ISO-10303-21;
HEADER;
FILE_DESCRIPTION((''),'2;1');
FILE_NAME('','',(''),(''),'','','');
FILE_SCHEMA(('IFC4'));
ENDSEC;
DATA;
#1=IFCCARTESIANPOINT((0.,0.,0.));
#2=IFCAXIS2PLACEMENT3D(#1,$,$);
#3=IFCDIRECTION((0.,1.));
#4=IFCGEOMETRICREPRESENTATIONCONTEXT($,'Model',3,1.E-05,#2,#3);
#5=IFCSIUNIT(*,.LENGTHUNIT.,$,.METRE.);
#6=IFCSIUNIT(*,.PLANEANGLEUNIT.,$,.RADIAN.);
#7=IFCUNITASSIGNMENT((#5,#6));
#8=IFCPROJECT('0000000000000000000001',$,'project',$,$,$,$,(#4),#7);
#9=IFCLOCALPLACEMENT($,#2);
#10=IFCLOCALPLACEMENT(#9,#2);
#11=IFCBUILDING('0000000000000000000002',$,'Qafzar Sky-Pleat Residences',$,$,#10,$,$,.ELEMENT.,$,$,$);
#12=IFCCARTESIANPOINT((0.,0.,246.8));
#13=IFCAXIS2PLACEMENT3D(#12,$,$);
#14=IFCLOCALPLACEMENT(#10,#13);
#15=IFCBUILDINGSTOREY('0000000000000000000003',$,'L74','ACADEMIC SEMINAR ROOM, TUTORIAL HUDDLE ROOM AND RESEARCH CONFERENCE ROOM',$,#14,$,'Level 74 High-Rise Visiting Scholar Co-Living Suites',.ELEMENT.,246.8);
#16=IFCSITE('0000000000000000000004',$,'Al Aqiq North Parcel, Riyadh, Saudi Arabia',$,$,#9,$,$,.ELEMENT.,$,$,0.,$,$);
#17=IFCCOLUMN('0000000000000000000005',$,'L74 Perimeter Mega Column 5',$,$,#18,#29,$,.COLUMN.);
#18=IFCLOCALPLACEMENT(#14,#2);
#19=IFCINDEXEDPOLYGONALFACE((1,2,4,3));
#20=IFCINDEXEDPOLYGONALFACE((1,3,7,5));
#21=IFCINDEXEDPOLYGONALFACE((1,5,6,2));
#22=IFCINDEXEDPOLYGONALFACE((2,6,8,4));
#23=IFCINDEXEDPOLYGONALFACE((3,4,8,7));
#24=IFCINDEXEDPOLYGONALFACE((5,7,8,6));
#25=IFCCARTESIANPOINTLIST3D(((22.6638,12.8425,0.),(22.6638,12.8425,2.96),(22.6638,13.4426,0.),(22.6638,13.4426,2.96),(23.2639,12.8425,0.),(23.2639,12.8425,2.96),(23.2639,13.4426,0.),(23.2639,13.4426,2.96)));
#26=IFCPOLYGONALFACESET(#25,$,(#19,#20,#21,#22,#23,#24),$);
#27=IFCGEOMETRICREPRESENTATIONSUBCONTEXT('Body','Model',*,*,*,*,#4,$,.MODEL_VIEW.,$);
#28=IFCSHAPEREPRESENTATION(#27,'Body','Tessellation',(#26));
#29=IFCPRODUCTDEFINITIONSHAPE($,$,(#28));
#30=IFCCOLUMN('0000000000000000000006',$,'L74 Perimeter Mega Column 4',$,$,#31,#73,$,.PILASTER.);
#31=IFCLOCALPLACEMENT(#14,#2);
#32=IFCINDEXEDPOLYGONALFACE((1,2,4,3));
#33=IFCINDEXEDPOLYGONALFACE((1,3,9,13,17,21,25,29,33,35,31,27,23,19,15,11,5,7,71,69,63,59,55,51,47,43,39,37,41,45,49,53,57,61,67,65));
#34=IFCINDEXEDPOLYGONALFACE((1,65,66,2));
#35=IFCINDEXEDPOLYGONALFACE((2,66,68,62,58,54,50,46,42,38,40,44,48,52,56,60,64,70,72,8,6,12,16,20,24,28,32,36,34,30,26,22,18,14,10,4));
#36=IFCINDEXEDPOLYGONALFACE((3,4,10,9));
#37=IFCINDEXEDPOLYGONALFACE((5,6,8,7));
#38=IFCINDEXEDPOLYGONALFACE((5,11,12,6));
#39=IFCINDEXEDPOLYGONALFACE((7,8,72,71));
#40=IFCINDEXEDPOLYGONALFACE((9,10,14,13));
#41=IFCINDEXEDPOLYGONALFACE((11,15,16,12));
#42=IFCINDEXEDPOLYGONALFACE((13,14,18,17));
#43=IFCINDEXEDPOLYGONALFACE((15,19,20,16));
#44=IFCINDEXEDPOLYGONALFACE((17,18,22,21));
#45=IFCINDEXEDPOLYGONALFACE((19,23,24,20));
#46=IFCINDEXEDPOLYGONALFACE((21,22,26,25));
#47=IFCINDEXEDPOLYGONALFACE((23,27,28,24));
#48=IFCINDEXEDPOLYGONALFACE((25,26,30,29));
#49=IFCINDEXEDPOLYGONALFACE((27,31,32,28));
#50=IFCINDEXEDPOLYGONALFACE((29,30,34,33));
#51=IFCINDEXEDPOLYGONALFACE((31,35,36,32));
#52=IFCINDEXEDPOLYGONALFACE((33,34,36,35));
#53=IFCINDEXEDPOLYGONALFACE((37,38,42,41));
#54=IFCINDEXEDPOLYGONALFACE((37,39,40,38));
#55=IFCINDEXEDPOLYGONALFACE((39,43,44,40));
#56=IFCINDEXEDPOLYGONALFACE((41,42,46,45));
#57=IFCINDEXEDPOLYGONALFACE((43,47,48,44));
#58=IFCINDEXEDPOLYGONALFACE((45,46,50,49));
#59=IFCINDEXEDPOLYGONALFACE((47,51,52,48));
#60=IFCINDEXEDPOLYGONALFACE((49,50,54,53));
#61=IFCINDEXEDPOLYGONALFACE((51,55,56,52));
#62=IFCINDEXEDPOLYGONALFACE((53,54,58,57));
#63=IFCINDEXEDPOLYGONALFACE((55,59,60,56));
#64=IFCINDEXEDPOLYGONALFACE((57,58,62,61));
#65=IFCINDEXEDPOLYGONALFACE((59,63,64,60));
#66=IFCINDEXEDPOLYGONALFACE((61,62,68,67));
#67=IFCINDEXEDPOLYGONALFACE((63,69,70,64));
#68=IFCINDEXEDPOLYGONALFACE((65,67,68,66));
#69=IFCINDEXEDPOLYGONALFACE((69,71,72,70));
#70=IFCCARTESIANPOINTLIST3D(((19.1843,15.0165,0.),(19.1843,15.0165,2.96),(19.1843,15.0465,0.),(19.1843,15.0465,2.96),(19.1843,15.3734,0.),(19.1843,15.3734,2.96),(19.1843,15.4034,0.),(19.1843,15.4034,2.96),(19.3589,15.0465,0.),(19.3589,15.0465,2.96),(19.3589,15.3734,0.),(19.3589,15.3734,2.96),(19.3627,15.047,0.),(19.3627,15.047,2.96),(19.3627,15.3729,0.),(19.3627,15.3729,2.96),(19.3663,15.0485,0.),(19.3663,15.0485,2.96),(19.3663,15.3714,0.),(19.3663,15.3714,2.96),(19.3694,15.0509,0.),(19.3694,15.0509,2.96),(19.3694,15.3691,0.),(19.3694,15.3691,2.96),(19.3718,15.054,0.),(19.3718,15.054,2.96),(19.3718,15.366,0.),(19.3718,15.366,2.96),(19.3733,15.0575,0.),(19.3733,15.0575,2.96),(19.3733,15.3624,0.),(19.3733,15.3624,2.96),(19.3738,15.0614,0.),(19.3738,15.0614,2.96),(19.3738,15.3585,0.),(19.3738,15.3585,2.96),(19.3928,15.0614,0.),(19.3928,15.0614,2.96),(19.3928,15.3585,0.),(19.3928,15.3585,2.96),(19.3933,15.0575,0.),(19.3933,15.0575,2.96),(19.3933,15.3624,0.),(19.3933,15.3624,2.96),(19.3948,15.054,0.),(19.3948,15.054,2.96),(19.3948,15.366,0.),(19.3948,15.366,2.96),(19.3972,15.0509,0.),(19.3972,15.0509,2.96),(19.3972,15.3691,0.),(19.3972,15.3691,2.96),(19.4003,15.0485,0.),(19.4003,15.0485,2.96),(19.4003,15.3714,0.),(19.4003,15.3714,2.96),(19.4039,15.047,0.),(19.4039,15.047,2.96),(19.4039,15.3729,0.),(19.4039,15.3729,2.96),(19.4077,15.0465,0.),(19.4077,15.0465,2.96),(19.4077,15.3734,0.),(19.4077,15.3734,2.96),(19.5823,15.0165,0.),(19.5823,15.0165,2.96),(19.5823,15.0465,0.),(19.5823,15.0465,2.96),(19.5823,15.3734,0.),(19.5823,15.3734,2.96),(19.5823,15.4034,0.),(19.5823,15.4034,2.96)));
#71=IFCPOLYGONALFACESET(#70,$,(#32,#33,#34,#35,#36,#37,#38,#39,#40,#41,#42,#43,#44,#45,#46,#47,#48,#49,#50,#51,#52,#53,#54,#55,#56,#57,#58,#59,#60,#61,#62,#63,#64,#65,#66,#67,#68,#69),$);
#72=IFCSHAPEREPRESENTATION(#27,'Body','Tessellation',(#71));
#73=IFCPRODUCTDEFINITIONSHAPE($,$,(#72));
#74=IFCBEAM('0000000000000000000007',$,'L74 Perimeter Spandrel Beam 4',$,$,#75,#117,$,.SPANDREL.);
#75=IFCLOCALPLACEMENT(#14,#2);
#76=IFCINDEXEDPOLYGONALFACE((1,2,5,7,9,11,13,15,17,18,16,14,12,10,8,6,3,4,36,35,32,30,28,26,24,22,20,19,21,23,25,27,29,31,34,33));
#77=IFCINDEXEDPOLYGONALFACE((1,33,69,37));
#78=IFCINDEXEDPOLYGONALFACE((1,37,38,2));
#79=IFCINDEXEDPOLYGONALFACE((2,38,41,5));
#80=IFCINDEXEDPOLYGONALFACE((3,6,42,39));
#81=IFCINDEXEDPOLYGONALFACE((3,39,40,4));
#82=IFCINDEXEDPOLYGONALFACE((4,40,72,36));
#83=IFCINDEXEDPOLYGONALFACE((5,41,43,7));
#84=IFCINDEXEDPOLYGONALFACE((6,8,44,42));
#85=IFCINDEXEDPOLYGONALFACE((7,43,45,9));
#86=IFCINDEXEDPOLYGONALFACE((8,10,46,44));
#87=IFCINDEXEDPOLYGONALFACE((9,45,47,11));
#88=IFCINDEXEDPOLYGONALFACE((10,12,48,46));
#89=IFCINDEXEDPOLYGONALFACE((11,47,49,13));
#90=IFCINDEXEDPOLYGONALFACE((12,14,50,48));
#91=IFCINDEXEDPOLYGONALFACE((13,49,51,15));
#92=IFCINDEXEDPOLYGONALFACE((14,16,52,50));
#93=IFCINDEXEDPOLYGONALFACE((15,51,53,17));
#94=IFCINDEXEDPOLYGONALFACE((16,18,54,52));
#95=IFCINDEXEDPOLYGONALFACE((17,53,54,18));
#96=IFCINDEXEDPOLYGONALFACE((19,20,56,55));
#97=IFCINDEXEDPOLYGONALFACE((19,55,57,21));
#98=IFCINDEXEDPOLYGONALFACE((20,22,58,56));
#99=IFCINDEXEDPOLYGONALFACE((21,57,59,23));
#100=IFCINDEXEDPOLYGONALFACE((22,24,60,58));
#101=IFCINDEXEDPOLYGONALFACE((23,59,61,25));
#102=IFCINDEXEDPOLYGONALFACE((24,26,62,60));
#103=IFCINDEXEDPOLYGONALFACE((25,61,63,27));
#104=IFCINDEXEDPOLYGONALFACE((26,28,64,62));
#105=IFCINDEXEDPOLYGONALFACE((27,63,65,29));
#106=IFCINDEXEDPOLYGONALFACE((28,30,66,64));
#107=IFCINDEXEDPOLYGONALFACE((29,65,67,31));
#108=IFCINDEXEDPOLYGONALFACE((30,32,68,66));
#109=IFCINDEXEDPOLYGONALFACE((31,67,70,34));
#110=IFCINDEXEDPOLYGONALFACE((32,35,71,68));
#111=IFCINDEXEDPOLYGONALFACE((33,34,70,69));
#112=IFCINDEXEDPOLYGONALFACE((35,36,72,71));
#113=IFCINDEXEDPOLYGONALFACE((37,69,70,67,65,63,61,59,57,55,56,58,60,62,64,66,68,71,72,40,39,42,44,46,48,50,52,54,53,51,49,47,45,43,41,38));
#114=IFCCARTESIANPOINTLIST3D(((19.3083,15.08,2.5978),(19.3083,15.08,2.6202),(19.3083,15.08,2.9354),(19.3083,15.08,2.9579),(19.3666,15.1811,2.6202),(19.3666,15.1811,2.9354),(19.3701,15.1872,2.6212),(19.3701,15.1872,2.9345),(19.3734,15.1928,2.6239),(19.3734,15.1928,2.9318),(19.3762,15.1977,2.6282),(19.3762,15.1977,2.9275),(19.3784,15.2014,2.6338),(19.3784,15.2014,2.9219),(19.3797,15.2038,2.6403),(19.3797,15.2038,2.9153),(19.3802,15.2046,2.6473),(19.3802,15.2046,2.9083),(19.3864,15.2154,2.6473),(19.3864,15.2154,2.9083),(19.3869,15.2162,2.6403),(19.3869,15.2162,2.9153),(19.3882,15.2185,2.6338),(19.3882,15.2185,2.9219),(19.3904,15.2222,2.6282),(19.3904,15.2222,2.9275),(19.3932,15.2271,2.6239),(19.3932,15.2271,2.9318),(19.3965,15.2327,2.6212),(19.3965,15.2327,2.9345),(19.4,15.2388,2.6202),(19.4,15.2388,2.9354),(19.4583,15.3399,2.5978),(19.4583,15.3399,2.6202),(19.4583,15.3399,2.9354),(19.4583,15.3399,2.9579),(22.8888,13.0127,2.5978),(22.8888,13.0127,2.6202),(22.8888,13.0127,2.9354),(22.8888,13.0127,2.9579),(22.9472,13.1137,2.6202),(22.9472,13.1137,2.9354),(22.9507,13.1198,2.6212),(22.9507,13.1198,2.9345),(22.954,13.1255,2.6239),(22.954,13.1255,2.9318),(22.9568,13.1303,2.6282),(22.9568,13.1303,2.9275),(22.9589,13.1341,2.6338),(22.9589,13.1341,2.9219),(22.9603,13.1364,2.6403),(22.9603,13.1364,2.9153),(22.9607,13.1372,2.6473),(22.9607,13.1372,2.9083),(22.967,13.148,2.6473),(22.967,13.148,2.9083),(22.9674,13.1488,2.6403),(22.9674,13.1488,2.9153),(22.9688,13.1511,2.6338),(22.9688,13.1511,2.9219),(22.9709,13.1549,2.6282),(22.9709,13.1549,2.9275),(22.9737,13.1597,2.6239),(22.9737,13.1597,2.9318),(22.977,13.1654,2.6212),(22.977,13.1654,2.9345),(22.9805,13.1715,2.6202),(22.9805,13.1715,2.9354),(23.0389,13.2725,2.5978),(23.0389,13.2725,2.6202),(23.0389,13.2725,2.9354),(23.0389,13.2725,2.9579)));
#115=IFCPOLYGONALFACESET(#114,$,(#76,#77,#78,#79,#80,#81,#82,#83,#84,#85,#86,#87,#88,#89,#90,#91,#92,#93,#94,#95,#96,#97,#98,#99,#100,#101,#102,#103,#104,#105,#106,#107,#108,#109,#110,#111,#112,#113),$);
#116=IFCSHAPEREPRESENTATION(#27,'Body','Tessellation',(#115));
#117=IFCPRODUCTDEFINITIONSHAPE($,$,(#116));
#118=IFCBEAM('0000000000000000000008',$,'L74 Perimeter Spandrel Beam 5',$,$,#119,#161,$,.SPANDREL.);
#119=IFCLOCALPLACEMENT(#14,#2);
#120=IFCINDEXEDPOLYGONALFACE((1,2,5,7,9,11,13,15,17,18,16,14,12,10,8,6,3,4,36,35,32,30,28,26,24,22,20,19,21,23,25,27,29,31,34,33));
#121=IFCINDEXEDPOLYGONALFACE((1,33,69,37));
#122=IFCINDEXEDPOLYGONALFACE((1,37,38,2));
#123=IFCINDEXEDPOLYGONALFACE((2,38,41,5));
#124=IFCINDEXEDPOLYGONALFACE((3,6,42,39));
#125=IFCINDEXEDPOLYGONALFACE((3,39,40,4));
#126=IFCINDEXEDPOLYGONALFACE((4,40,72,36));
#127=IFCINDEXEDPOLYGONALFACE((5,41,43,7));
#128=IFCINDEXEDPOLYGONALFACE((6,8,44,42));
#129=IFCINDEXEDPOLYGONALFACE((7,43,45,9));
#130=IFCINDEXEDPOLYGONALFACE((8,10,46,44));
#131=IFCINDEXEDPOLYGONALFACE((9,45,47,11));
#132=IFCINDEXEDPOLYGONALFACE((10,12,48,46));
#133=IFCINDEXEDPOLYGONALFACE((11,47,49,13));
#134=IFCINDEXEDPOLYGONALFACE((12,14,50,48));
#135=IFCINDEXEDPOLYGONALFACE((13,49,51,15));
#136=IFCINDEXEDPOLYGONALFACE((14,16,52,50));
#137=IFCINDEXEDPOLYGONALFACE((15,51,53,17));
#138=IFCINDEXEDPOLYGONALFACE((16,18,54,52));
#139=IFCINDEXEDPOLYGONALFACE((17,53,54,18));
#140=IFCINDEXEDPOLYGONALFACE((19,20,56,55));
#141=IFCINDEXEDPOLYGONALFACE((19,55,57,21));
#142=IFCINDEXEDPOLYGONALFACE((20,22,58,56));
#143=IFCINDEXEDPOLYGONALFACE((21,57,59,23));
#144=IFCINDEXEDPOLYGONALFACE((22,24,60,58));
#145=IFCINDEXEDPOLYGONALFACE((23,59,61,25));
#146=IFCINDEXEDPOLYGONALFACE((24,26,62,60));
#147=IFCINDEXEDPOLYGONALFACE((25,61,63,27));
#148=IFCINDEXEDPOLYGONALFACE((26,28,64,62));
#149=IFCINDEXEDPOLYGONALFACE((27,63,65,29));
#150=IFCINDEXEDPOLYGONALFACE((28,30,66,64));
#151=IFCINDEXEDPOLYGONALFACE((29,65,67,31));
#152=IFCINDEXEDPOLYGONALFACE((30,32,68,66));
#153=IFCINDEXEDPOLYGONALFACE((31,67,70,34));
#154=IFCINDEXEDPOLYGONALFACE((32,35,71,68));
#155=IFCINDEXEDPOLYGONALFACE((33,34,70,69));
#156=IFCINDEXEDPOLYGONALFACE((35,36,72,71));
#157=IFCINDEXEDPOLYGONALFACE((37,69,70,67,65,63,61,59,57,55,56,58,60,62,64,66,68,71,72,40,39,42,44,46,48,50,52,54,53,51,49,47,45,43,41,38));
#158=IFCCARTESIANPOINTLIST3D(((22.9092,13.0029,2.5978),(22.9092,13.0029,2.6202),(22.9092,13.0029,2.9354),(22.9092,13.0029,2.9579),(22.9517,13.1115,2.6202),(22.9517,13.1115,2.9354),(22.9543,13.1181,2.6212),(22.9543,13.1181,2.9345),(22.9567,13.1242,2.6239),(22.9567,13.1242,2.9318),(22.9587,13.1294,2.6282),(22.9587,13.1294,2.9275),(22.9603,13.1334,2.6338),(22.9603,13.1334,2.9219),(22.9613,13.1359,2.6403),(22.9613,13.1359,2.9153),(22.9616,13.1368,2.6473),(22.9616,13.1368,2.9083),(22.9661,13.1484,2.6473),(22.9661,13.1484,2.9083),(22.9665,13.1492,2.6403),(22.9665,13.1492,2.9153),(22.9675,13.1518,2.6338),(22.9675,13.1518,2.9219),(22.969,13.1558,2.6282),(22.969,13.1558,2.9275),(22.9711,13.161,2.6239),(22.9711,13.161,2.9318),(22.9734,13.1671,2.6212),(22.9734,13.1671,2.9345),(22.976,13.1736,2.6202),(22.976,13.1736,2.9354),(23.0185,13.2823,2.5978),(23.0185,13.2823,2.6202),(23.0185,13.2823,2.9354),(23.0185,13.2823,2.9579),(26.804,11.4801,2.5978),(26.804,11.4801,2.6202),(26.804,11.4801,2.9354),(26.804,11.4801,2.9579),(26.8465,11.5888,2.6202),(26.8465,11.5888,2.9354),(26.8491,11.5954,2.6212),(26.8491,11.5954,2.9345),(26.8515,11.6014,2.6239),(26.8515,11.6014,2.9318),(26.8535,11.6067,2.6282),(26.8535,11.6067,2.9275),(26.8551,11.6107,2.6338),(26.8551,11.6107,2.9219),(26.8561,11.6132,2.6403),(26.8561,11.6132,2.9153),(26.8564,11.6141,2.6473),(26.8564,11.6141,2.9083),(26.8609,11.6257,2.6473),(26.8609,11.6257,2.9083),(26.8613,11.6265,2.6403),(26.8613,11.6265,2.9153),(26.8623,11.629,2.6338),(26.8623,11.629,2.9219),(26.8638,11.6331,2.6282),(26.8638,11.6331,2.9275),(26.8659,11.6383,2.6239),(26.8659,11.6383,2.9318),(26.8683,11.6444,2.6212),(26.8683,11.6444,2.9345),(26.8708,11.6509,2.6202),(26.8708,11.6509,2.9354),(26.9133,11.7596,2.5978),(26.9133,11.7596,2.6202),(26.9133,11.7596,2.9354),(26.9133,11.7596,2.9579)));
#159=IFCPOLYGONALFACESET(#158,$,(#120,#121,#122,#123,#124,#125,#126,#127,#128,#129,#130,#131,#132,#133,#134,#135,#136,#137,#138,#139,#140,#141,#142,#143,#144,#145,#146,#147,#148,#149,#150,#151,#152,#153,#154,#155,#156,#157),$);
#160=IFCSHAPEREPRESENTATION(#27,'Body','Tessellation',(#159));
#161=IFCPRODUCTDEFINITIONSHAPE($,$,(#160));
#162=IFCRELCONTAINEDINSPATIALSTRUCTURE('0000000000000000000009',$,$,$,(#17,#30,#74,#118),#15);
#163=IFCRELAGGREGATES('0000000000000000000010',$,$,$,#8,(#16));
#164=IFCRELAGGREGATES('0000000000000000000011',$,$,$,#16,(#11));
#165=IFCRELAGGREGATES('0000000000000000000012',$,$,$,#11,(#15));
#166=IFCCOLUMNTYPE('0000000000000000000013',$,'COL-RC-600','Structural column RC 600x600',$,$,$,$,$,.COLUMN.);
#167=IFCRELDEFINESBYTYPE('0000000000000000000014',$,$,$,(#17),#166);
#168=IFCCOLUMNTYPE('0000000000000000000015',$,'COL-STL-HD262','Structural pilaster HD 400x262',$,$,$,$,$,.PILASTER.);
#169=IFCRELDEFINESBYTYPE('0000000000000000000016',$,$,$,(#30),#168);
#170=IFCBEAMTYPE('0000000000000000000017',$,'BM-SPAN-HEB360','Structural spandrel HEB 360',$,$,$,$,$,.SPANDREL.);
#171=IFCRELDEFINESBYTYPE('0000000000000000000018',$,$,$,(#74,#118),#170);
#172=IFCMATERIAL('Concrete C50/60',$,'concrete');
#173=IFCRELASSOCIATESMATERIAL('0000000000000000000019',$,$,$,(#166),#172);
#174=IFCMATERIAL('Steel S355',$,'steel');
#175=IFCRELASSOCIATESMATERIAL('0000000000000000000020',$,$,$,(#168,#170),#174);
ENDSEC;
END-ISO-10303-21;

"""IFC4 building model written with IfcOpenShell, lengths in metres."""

from ifc_helpers import new_model, si_unit, direction, frame, origin, origin_2d, place, context, subcontext, project, spatial, rectangle, i_section, extrude, source, transform, mapped, material, material_profile, profile_set, type_object, element, save


model = new_model("IFC4")

# Units and contexts
model_context = context("Model", 3, precision=1e-05, world=origin(), true_north=direction((0.0, 1.0)))
body_context = subcontext(model_context, "Body", "Model", "MODEL_VIEW")
ifc_project = project(units=[si_unit("LENGTHUNIT", "METRE"), si_unit("PLANEANGLEUNIT", "RADIAN")], contexts=[model_context])

# Site, building, storey
site_placement = place(None, origin())
site = spatial("IfcSite", under=ifc_project, at=site_placement, Name="Al Aqiq North Parcel, Riyadh, Saudi Arabia", CompositionType="ELEMENT", RefElevation=0.0)
building_placement = place(site_placement, origin())
building = spatial("IfcBuilding", under=site, at=building_placement, Name="Qafzar Sky-Pleat Residences", CompositionType="ELEMENT")
storey_placement = place(building_placement, frame((0.0, 0.0, 246.8)))
storey = spatial("IfcBuildingStorey", under=building, at=storey_placement, Name="L74", Description="ACADEMIC SEMINAR ROOM, TUTORIAL HUDDLE ROOM AND RESEARCH CONFERENCE ROOM", LongName="Level 74 High-Rise Visiting Scholar Co-Living Suites", CompositionType="ELEMENT", Elevation=246.8)

# Columns
ifc_material_1 = material(Name="Concrete C50/60", Category="concrete")
ifc_material_profile_1 = material_profile(ifc_material_1, rectangle(XDim=0.6001, YDim=0.6001, at=origin_2d()), Name="RC 600x600")
ifc_profile_set_1 = profile_set([ifc_material_profile_1], Name="Concrete C50/60")
column_type_1 = type_object("IfcColumnType", Name="COL-RC-600", Description="Structural column RC 600x600", PredefinedType="COLUMN", material=ifc_profile_set_1)
shared_shape_1 = source(origin(), body_context, "Body", "SweptSolid", [
    extrude(rectangle(XDim=0.6001, YDim=0.6001, at=origin_2d()), origin(), (0.0, 0.0, 1.0), 2.96),
])
column_1_placement = place(storey_placement, frame((22.9639, 13.1426, 0.0), z_axis=(0.0, 0.0, 1.0), x_axis=(1.0, 0.0, 0.0)))
element("IfcColumn", 1, at=column_1_placement, inside=storey, type_object=column_type_1, Name="L74 Perimeter Mega Column 5", PredefinedType="COLUMN", context=body_context, shape_type="MappedRepresentation", body=[
    mapped(shared_shape_1, transform((0.0, 0.0, 0.0), x_axis=(1.0, 0.0, 0.0), y_axis=(0.0, 1.0, 0.0), z_axis=(0.0, 0.0, 1.0), scale=1.0)),
])
ifc_material_2 = material(Name="Steel S355", Category="steel")
ifc_material_profile_2 = material_profile(ifc_material_2, i_section(OverallWidth=0.3979, OverallDepth=0.387, WebThickness=0.019, FlangeThickness=0.03, FilletRadius=0.0149, at=origin_2d()), Name="HD 400x262")
ifc_profile_set_2 = profile_set([ifc_material_profile_2], Name="Steel S355")
column_type_2 = type_object("IfcColumnType", Name="COL-STL-HD262", Description="Structural pilaster HD 400x262", PredefinedType="PILASTER", material=ifc_profile_set_2)
shared_shape_2 = source(origin(), body_context, "Body", "SweptSolid", [
    extrude(i_section(OverallWidth=0.3979, OverallDepth=0.387, WebThickness=0.019, FlangeThickness=0.03, FilletRadius=0.0149, at=origin_2d()), origin(), (0.0, 0.0, 1.0), 2.96),
])
column_2_placement = place(storey_placement, frame((19.3833, 15.21, 0.0), z_axis=(0.0, 0.0, 1.0), x_axis=(1.0, 0.0, 0.0)))
element("IfcColumn", 2, at=column_2_placement, inside=storey, type_object=column_type_2, Name="L74 Perimeter Mega Column 4", PredefinedType="PILASTER", context=body_context, shape_type="MappedRepresentation", body=[
    mapped(shared_shape_2, transform((0.0, 0.0, 0.0), x_axis=(1.0, 0.0, 0.0), y_axis=(0.0, 1.0, 0.0), z_axis=(0.0, 0.0, 1.0), scale=1.0)),
])

# Beams
ifc_material_profile_3 = material_profile(ifc_material_2, i_section(OverallWidth=0.3, OverallDepth=0.3601, WebThickness=0.0125, FlangeThickness=0.0225, FilletRadius=0.0271, at=origin_2d()), Name="HEB 360")
ifc_profile_set_3 = profile_set([ifc_material_profile_3], Name="Steel S355")
beam_type_1 = type_object("IfcBeamType", Name="BM-SPAN-HEB360", Description="Structural spandrel HEB 360", PredefinedType="SPANDREL", material=ifc_profile_set_3)
shared_shape_3 = source(origin(), body_context, "Body", "SweptSolid", [
    extrude(i_section(OverallWidth=0.3, OverallDepth=0.3601, WebThickness=0.0125, FlangeThickness=0.0225, FilletRadius=0.0271, at=origin_2d()), origin(), (0.0, 0.0, 1.0), 4.1345),
])
beam_1_placement = place(storey_placement, frame((19.3833, 15.21, 2.7778), z_axis=(0.866011, -0.500026, 0.0), x_axis=(0.500026, 0.866011, 0.0)))
element("IfcBeam", 3, at=beam_1_placement, inside=storey, type_object=beam_type_1, Name="L74 Perimeter Spandrel Beam 4", PredefinedType="SPANDREL", context=body_context, shape_type="MappedRepresentation", body=[
    mapped(shared_shape_3, transform((0.0, 0.0, 0.0), x_axis=(1.0, 0.0, 0.0), y_axis=(0.0, 1.0, 0.0), z_axis=(0.0, 0.0, 1.0), scale=1.0)),
])
shared_shape_4 = source(origin(), body_context, "Body", "SweptSolid", [
    extrude(i_section(OverallWidth=0.3, OverallDepth=0.3601, WebThickness=0.0125, FlangeThickness=0.0225, FilletRadius=0.0271, at=origin_2d()), origin(), (0.0, 0.0, 1.0), 4.1819),
])
beam_2_placement = place(storey_placement, frame((22.9639, 13.1426, 2.7778), z_axis=(0.931351, -0.364122, 0.0), x_axis=(0.364122, 0.931351, 0.0)))
element("IfcBeam", 4, at=beam_2_placement, inside=storey, type_object=beam_type_1, Name="L74 Perimeter Spandrel Beam 5", PredefinedType="SPANDREL", context=body_context, shape_type="MappedRepresentation", body=[
    mapped(shared_shape_4, transform((0.0, 0.0, 0.0), x_axis=(1.0, 0.0, 0.0), y_axis=(0.0, 1.0, 0.0), z_axis=(0.0, 0.0, 1.0), scale=1.0)),
])

save(model, "model.ifc")
